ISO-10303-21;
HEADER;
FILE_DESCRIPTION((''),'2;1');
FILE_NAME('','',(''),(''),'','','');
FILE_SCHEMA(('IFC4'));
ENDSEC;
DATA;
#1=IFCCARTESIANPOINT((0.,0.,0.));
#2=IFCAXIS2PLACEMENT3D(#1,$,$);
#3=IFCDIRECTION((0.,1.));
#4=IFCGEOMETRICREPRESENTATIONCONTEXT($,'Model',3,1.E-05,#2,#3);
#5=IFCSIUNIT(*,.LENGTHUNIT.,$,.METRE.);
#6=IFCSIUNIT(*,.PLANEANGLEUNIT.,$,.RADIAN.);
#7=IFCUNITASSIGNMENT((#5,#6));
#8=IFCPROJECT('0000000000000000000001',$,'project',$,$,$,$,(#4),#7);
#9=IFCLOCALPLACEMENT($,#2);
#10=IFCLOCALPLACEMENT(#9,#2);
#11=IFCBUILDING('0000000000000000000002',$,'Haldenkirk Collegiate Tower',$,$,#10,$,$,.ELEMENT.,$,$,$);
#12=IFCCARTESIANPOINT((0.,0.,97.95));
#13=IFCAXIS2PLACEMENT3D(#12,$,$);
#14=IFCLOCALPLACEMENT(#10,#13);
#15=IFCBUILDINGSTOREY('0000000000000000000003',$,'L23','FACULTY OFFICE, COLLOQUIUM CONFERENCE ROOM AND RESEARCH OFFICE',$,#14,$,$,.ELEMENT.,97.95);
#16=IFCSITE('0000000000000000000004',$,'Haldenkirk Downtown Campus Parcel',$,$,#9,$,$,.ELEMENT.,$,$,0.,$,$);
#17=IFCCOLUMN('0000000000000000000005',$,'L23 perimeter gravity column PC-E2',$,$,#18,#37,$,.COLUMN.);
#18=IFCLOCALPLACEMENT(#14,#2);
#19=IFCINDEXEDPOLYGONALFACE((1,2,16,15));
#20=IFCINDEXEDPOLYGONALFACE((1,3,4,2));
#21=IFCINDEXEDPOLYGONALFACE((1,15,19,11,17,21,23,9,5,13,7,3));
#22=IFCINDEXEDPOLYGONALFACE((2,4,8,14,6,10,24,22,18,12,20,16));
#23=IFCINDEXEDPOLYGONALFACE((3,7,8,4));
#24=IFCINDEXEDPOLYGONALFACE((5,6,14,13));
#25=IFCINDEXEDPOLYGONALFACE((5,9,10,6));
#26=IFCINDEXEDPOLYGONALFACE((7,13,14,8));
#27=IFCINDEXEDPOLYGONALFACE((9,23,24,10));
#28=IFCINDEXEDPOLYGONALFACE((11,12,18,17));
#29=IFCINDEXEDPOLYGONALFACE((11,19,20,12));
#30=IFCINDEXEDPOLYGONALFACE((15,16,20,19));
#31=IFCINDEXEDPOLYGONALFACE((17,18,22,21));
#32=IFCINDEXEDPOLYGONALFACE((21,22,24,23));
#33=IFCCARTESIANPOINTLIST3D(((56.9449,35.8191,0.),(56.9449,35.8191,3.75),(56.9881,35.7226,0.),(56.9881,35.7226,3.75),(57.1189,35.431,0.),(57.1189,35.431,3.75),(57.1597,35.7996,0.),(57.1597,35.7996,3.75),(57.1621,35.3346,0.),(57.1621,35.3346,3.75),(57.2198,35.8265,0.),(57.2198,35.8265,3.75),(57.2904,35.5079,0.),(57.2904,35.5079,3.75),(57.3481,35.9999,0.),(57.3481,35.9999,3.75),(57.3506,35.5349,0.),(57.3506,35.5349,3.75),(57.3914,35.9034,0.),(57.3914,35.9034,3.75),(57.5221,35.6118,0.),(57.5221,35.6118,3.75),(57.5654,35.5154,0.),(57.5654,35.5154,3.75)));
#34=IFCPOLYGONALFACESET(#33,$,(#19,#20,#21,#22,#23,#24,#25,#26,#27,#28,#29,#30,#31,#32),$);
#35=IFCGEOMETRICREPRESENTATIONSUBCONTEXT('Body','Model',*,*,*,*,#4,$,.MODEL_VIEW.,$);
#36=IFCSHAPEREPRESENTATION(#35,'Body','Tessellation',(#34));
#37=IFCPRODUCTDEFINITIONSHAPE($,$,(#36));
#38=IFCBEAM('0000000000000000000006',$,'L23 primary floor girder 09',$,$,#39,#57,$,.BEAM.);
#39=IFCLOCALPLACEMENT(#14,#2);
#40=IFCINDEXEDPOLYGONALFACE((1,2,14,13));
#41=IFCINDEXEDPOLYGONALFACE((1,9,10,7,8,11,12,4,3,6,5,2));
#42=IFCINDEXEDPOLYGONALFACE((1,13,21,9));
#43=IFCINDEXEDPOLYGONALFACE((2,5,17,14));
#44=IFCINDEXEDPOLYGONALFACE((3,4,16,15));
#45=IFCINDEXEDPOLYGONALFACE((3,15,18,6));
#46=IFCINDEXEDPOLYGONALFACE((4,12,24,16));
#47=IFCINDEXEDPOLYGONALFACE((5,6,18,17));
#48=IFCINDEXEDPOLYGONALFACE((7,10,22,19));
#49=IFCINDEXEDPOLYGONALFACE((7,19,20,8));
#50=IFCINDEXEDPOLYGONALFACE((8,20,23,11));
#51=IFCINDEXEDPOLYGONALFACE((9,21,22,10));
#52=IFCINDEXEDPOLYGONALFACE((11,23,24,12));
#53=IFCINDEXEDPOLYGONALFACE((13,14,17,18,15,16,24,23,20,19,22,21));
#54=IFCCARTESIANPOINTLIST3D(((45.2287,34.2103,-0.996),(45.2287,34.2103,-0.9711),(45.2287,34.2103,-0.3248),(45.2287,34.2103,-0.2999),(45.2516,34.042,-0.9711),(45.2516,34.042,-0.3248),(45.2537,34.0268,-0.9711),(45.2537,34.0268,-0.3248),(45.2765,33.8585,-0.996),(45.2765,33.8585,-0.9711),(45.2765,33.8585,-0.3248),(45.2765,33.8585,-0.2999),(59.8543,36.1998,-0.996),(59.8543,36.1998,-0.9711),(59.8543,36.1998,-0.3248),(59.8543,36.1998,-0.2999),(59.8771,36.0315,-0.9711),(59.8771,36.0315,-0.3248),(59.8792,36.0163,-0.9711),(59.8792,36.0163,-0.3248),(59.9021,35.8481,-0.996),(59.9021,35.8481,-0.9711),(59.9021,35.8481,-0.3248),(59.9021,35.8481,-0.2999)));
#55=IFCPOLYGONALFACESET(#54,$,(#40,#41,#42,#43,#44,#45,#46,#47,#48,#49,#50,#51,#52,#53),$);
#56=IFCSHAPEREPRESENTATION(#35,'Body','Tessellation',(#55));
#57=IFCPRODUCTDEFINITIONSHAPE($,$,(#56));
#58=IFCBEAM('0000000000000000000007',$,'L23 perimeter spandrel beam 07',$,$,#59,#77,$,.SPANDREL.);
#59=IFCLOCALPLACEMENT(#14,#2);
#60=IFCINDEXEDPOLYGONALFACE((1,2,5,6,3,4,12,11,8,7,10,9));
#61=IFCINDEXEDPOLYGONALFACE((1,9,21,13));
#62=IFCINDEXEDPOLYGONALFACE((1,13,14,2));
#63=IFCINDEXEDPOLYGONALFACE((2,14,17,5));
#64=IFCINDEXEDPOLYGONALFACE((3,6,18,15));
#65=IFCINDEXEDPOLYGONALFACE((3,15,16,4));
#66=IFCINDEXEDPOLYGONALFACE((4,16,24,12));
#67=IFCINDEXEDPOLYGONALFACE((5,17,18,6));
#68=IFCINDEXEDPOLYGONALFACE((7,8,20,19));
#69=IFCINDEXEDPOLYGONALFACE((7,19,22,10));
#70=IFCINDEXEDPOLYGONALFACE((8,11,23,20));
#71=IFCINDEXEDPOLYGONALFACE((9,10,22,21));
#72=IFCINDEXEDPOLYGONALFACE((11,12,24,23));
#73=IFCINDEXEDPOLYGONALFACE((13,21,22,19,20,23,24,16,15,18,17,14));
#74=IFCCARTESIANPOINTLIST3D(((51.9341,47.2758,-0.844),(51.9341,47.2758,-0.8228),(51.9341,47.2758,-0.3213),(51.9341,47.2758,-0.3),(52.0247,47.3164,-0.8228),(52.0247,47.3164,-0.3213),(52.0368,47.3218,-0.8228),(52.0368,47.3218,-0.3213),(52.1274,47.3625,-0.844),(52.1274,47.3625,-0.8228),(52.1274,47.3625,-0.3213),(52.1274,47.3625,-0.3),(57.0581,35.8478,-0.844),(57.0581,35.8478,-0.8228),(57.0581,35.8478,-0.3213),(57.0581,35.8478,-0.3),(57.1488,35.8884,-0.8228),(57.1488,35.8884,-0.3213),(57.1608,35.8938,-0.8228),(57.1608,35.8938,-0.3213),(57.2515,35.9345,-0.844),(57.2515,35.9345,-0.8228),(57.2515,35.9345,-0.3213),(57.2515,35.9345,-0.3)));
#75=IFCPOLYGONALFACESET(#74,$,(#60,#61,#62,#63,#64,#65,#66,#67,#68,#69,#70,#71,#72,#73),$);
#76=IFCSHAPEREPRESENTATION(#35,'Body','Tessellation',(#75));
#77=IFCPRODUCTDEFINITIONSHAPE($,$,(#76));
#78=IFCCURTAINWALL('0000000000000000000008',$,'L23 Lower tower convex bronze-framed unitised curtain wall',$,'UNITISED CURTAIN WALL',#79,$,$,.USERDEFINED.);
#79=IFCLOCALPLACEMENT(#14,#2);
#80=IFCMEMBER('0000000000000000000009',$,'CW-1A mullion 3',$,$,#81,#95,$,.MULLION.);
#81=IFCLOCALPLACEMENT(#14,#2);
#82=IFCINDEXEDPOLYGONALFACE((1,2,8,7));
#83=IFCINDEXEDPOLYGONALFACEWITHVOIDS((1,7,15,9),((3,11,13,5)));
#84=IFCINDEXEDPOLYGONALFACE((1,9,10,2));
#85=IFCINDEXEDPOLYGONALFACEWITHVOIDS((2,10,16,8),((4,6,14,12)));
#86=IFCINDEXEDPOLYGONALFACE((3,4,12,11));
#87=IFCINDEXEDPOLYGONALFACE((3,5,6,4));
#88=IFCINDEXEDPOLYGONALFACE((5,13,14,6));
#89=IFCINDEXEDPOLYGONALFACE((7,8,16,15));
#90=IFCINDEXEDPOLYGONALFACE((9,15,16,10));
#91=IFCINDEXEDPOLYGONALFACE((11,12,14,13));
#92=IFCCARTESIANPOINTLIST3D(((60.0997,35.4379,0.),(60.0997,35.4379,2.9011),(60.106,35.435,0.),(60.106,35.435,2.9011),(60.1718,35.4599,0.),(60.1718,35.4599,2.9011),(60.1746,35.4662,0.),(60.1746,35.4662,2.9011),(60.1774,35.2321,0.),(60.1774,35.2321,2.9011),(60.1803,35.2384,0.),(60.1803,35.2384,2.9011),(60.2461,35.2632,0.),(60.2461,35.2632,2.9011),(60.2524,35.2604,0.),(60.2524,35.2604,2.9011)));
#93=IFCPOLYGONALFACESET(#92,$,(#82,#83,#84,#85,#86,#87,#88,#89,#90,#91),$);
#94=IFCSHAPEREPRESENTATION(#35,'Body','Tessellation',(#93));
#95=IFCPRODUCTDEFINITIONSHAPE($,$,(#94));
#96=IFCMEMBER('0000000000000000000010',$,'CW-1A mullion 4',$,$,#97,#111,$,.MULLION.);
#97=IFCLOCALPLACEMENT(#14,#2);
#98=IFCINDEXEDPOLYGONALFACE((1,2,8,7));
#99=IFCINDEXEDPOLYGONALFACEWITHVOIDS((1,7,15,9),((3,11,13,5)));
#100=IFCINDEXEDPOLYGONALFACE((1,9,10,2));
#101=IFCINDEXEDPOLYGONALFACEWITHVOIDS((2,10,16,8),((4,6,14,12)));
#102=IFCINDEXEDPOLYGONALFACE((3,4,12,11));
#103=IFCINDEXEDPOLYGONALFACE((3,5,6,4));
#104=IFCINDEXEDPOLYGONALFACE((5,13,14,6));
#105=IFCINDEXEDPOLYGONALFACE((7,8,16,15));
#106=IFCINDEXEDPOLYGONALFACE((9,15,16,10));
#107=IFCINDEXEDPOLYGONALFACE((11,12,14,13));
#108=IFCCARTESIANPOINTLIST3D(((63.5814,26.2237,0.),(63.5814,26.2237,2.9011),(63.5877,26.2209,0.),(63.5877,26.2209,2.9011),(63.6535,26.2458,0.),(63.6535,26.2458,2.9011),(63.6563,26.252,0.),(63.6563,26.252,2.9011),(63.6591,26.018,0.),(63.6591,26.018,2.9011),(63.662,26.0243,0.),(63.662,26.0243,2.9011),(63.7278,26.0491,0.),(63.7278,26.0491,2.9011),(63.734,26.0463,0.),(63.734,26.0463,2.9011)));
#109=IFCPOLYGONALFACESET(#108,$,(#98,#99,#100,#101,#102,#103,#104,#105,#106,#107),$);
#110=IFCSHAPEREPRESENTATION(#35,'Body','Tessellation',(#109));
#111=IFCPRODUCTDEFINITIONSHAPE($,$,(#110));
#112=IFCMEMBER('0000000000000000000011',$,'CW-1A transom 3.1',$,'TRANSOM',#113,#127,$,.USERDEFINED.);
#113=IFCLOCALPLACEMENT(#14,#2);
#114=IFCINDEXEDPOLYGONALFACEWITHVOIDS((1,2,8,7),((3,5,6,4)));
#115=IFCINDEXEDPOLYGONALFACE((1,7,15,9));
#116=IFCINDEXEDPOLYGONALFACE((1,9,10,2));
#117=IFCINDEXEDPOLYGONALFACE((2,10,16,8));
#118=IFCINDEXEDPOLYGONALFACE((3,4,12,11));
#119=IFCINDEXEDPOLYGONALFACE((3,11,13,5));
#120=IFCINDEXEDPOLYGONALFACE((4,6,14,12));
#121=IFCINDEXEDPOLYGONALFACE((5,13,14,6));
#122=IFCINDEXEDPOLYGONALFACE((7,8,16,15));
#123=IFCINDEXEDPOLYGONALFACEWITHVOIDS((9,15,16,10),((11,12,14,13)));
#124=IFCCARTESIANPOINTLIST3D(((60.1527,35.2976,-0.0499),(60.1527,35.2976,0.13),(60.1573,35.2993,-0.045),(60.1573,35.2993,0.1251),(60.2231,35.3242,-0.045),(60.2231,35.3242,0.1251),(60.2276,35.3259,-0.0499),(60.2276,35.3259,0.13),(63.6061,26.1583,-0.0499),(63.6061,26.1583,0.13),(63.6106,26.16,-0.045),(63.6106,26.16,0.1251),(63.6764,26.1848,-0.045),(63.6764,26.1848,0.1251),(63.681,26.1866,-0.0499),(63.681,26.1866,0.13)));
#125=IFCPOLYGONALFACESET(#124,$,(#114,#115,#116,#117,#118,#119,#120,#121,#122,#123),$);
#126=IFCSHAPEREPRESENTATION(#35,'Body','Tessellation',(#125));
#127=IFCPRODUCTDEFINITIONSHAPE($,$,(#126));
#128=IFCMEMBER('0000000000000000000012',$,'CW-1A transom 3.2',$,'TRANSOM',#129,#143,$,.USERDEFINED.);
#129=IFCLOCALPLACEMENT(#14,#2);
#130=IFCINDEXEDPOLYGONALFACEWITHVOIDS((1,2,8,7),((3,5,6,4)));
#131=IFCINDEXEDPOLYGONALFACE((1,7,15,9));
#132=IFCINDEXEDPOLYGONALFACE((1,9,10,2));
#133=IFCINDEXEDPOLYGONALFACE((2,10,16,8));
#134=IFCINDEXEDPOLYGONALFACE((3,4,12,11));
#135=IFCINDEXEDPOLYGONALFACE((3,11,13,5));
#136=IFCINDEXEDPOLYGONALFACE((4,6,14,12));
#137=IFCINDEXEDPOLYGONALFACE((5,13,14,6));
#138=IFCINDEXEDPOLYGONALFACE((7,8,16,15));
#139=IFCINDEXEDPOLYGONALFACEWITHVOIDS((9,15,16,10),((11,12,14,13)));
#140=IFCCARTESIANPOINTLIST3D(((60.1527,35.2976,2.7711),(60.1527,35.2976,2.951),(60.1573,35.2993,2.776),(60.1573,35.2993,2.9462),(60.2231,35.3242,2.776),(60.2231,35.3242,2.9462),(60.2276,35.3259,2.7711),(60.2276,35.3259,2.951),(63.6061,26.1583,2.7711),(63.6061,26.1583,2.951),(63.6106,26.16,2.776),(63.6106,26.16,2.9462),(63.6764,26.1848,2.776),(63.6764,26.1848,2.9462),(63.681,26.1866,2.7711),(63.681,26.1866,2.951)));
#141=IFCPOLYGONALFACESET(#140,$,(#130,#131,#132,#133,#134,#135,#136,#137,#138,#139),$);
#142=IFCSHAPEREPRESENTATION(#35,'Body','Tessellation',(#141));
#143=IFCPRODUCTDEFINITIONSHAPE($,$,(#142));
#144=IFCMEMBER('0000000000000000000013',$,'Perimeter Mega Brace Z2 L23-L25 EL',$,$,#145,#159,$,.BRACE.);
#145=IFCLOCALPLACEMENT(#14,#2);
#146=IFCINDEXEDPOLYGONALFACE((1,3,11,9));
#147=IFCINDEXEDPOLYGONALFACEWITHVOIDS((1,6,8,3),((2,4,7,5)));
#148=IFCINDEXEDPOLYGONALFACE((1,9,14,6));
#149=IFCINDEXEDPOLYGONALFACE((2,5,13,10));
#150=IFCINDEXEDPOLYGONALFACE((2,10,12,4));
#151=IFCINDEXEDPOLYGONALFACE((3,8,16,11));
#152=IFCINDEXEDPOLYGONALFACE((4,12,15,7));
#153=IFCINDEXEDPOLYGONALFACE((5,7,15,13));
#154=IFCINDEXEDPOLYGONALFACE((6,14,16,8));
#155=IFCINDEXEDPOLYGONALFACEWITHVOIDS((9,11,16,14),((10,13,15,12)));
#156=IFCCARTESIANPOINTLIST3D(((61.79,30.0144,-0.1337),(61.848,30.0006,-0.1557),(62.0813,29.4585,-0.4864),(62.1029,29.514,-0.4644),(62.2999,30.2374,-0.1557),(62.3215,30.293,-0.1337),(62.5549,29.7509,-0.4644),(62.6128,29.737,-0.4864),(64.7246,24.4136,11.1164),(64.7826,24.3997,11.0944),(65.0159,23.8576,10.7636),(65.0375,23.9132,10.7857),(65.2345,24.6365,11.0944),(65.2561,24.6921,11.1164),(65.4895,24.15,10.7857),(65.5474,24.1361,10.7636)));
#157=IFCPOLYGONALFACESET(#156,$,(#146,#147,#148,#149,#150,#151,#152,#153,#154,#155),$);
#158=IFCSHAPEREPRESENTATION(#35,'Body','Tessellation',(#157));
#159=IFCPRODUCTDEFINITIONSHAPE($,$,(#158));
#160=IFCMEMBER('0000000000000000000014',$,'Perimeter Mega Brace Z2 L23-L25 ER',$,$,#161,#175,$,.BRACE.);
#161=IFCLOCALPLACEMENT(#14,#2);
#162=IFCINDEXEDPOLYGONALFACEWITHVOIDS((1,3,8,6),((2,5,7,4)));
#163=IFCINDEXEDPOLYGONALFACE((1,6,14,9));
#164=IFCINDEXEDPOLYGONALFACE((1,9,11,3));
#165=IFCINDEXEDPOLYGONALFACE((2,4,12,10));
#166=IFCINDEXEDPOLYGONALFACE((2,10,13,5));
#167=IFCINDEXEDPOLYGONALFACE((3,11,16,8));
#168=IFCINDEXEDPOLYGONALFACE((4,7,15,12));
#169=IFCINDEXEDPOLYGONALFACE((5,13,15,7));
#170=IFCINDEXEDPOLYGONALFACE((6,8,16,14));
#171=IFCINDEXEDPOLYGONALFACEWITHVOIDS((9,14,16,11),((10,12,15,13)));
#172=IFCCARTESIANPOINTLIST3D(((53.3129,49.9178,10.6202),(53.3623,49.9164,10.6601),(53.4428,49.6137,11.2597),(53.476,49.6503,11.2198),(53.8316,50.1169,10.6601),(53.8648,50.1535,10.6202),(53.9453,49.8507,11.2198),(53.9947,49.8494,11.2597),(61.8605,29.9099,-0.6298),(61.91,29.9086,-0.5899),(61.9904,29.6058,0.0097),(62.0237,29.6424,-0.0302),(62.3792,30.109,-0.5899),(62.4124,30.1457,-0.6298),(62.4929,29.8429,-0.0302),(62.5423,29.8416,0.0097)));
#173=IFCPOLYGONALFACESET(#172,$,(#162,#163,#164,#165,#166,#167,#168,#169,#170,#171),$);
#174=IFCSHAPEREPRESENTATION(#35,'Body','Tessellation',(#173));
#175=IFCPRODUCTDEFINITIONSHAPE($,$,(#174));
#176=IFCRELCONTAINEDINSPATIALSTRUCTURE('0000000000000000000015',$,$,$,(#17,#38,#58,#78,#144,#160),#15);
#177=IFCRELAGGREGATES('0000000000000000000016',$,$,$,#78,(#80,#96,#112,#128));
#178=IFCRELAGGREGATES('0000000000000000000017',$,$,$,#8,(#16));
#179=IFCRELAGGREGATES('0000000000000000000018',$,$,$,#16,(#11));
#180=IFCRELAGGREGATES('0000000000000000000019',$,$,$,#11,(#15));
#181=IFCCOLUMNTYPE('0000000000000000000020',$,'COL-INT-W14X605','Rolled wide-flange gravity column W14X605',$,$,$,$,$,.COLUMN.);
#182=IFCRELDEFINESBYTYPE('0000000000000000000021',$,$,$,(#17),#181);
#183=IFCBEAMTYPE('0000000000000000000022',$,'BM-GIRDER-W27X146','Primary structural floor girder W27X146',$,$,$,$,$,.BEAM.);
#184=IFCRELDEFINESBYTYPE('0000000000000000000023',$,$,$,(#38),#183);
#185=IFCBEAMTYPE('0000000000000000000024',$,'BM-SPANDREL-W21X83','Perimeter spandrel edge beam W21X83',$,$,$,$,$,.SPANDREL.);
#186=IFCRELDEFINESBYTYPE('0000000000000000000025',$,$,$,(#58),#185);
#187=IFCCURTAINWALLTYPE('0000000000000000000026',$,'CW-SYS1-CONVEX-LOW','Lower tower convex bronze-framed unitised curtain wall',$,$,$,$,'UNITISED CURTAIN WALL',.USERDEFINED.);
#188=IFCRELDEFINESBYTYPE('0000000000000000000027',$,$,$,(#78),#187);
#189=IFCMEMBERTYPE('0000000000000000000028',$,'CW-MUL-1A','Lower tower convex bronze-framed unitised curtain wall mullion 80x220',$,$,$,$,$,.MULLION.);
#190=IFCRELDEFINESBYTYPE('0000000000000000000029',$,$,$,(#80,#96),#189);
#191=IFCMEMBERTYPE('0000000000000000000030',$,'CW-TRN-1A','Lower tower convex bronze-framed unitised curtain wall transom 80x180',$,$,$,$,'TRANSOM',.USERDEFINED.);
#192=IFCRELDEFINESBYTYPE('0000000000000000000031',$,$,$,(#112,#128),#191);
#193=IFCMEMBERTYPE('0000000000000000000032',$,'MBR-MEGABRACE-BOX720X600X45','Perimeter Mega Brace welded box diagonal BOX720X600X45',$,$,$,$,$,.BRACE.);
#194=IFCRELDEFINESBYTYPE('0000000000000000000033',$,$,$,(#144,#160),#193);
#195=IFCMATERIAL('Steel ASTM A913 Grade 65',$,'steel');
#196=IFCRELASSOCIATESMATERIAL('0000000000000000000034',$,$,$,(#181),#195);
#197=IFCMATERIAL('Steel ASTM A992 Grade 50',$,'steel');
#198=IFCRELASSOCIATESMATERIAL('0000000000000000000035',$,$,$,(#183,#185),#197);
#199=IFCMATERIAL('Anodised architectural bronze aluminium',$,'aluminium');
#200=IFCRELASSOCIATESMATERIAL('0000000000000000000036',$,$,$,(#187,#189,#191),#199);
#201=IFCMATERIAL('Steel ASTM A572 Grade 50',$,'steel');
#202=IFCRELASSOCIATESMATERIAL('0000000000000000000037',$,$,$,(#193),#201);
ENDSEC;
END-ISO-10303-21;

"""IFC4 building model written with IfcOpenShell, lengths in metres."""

from ifc_helpers import new_model, si_unit, direction, frame, origin, origin_2d, place, context, subcontext, project, spatial, hollow_rectangle, i_section, extrude, material, material_profile, profile_set, type_object, element, aggregate, save


model = new_model("IFC4")

# Units and contexts
model_context = context("Model", 3, precision=1e-05, world=origin(), true_north=direction((0.0, 1.0)))
body_context = subcontext(model_context, "Body", "Model", "MODEL_VIEW")
ifc_project = project(units=[si_unit("LENGTHUNIT", "METRE"), si_unit("PLANEANGLEUNIT", "RADIAN")], contexts=[model_context])

# Site, building, storey
site_placement = place(None, origin())
site = spatial("IfcSite", under=ifc_project, at=site_placement, Name="Haldenkirk Downtown Campus Parcel", CompositionType="ELEMENT", RefElevation=0.0)
building_placement = place(site_placement, origin())
building = spatial("IfcBuilding", under=site, at=building_placement, Name="Haldenkirk Collegiate Tower", CompositionType="ELEMENT")
storey_placement = place(building_placement, frame((0.0, 0.0, 97.95)))
storey = spatial("IfcBuildingStorey", under=building, at=storey_placement, Name="L23", Description="FACULTY OFFICE, COLLOQUIUM CONFERENCE ROOM AND RESEARCH OFFICE", CompositionType="ELEMENT", Elevation=97.95)

# Column
ifc_material_1 = material(Name="Steel ASTM A913 Grade 65", Category="steel")
ifc_material_profile_1 = material_profile(ifc_material_1, i_section(OverallWidth=0.4419, OverallDepth=0.531, WebThickness=0.0659, FlangeThickness=0.1057, at=origin_2d()), Name="W14X605")
ifc_profile_set_1 = profile_set([ifc_material_profile_1], Name="Steel ASTM A913 Grade 65")
column_type = type_object("IfcColumnType", Name="COL-INT-W14X605", Description="Rolled wide-flange gravity column W14X605", PredefinedType="COLUMN", material=ifc_profile_set_1)
column_placement = place(storey_placement, frame((57.2551, 35.6672, 0.0), z_axis=(0.0, 0.0, 1.0), x_axis=(0.912477, 0.409127, 0.0)))
element("IfcColumn", 1, at=column_placement, inside=storey, type_object=column_type, Name="L23 perimeter gravity column PC-E2", PredefinedType="COLUMN", context=body_context, shape_type="SweptSolid", body=[
    extrude(i_section(OverallWidth=0.4419, OverallDepth=0.531, WebThickness=0.0659, FlangeThickness=0.1057, at=origin_2d()), origin(), (0.0, 0.0, 1.0), 3.75),
])

# Beams
ifc_material_2 = material(Name="Steel ASTM A992 Grade 50", Category="steel")
ifc_material_profile_2 = material_profile(ifc_material_2, i_section(OverallWidth=0.355, OverallDepth=0.696, WebThickness=0.0154, FlangeThickness=0.0249, at=origin_2d()), Name="W27X146")
ifc_profile_set_2 = profile_set([ifc_material_profile_2], Name="Steel ASTM A992 Grade 50")
beam_type_1 = type_object("IfcBeamType", Name="BM-GIRDER-W27X146", Description="Primary structural floor girder W27X146", PredefinedType="BEAM", material=ifc_profile_set_2)
beam_1_placement = place(storey_placement, frame((59.8782, 36.0239, -0.6479), z_axis=(-0.990874, -0.134788, 0.0), x_axis=(0.134788, -0.990874, 0.0)))
element("IfcBeam", 2, at=beam_1_placement, inside=storey, type_object=beam_type_1, Name="L23 primary floor girder 09", PredefinedType="BEAM", context=body_context, shape_type="SweptSolid", body=[
    extrude(i_section(OverallWidth=0.355, OverallDepth=0.696, WebThickness=0.0154, FlangeThickness=0.0249, at=origin_2d()), origin(), (0.0, 0.0, 1.0), 14.7603),
])
ifc_material_profile_3 = material_profile(ifc_material_2, i_section(OverallWidth=0.2119, OverallDepth=0.5439, WebThickness=0.0132, FlangeThickness=0.0212, at=origin_2d()), Name="W21X83")
ifc_profile_set_3 = profile_set([ifc_material_profile_3], Name="Steel ASTM A992 Grade 50")
beam_type_2 = type_object("IfcBeamType", Name="BM-SPANDREL-W21X83", Description="Perimeter spandrel edge beam W21X83", PredefinedType="SPANDREL", material=ifc_profile_set_3)
beam_2_placement = place(storey_placement, frame((57.1548, 35.8911, -0.572), z_axis=(-0.409131, 0.912475, 0.0), x_axis=(-0.912475, -0.409131, 0.0)))
element("IfcBeam", 3, at=beam_2_placement, inside=storey, type_object=beam_type_2, Name="L23 perimeter spandrel beam 07", PredefinedType="SPANDREL", context=body_context, shape_type="SweptSolid", body=[
    extrude(i_section(OverallWidth=0.2119, OverallDepth=0.5439, WebThickness=0.0132, FlangeThickness=0.0212, at=origin_2d()), origin(), (0.0, 0.0, 1.0), 12.5242),
])

# Curtain wall, members
ifc_material_3 = material(Name="Anodised architectural bronze aluminium", Category="aluminium")
curtain_wall_type = type_object("IfcCurtainWallType", Name="CW-SYS1-CONVEX-LOW", Description="Lower tower convex bronze-framed unitised curtain wall", ElementType="UNITISED CURTAIN WALL", PredefinedType="USERDEFINED", material=ifc_material_3)
curtain_wall_placement = place(storey_placement, origin())
curtain_wall = element("IfcCurtainWall", 4, at=curtain_wall_placement, inside=storey, type_object=curtain_wall_type, Name="L23 Lower tower convex bronze-framed unitised curtain wall", ObjectType="UNITISED CURTAIN WALL", PredefinedType="USERDEFINED")
ifc_material_profile_4 = material_profile(ifc_material_3, hollow_rectangle(XDim=0.0801, YDim=0.22, WallThickness=0.0049, at=origin_2d()), Name="CW-MUL-1A")
ifc_profile_set_4 = profile_set([ifc_material_profile_4], Name="Anodised architectural bronze aluminium")
member_type_1 = type_object("IfcMemberType", Name="CW-MUL-1A", Description="Lower tower convex bronze-framed unitised curtain wall mullion 80x220", PredefinedType="MULLION", material=ifc_profile_set_4)
member_1_placement = place(storey_placement, frame((60.176, 35.3491, 0.0), z_axis=(0.0, 0.0, 1.0), x_axis=(0.935443, 0.353477, 0.0)))
member_1 = element("IfcMember", 5, at=member_1_placement, type_object=member_type_1, Name="CW-1A mullion 3", PredefinedType="MULLION", context=body_context, shape_type="SweptSolid", body=[
    extrude(hollow_rectangle(XDim=0.0801, YDim=0.22, WallThickness=0.0049, at=origin_2d()), origin(), (0.0, 0.0, 1.0), 2.9011),
])
member_2_placement = place(storey_placement, frame((63.6577, 26.135, 0.0), z_axis=(0.0, 0.0, 1.0), x_axis=(0.935443, 0.353477, 0.0)))
member_2 = element("IfcMember", 6, at=member_2_placement, type_object=member_type_1, Name="CW-1A mullion 4", PredefinedType="MULLION", context=body_context, shape_type="SweptSolid", body=[
    extrude(hollow_rectangle(XDim=0.0801, YDim=0.22, WallThickness=0.0049, at=origin_2d()), origin(), (0.0, 0.0, 1.0), 2.9011),
])
ifc_material_profile_5 = material_profile(ifc_material_3, hollow_rectangle(XDim=0.0801, YDim=0.1799, WallThickness=0.0049, at=origin_2d()), Name="CW-TRN-1A")
ifc_profile_set_5 = profile_set([ifc_material_profile_5], Name="Anodised architectural bronze aluminium")
member_type_2 = type_object("IfcMemberType", Name="CW-TRN-1A", Description="Lower tower convex bronze-framed unitised curtain wall transom 80x180", ElementType="TRANSOM", PredefinedType="USERDEFINED", material=ifc_profile_set_5)
member_3_placement = place(storey_placement, frame((60.1902, 35.3118, 0.04), z_axis=(0.353464, -0.935448, 0.0), x_axis=(0.935448, 0.353464, 0.0)))
member_3 = element("IfcMember", 7, at=member_3_placement, type_object=member_type_2, Name="CW-1A transom 3.1", ObjectType="TRANSOM", PredefinedType="USERDEFINED", context=body_context, shape_type="SweptSolid", body=[
    extrude(hollow_rectangle(XDim=0.0801, YDim=0.1799, WallThickness=0.0049, at=origin_2d()), origin(), (0.0, 0.0, 1.0), 9.77),
])
member_4_placement = place(storey_placement, frame((60.1902, 35.3118, 2.8611), z_axis=(0.353464, -0.935448, 0.0), x_axis=(0.935448, 0.353464, 0.0)))
member_4 = element("IfcMember", 8, at=member_4_placement, type_object=member_type_2, Name="CW-1A transom 3.2", ObjectType="TRANSOM", PredefinedType="USERDEFINED", context=body_context, shape_type="SweptSolid", body=[
    extrude(hollow_rectangle(XDim=0.0801, YDim=0.1799, WallThickness=0.0049, at=origin_2d()), origin(), (0.0, 0.0, 1.0), 9.77),
])

# Members
ifc_material_4 = material(Name="Steel ASTM A572 Grade 50", Category="steel")
ifc_material_profile_6 = material_profile(ifc_material_4, hollow_rectangle(XDim=0.6001, YDim=0.72, WallThickness=0.0449, at=origin_2d()), Name="BOX720X600X45")
ifc_profile_set_6 = profile_set([ifc_material_profile_6], Name="Steel ASTM A572 Grade 50")
member_type_3 = type_object("IfcMemberType", Name="MBR-MEGABRACE-BOX720X600X45", Description="Perimeter Mega Brace welded box diagonal BOX720X600X45", PredefinedType="BRACE", material=ifc_profile_set_6)
member_5_placement = place(storey_placement, frame((62.2014, 29.8757, -0.3101), z_axis=(0.227395, -0.433999, 0.871743), x_axis=(0.885779, 0.464107, 0.0)))
element("IfcMember", 9, at=member_5_placement, inside=storey, type_object=member_type_3, Name="Perimeter Mega Brace Z2 L23-L25 EL", PredefinedType="BRACE", context=body_context, shape_type="SweptSolid", body=[
    extrude(hollow_rectangle(XDim=0.6001, YDim=0.72, WallThickness=0.0449, at=origin_2d()), origin(), (0.0, 0.0, 1.0), 12.9053),
])
member_6_placement = place(storey_placement, frame((62.2014, 29.8757, -0.3101), z_axis=(-0.348973, 0.816859, 0.459304), x_axis=(-0.919597, -0.392864, 0.0)))
element("IfcMember", 10, at=member_6_placement, inside=storey, type_object=member_type_3, Name="Perimeter Mega Brace Z2 L23-L25 ER", PredefinedType="BRACE", context=body_context, shape_type="SweptSolid", body=[
    extrude(hollow_rectangle(XDim=0.6001, YDim=0.72, WallThickness=0.0449, at=origin_2d()), origin(), (0.0, 0.0, 1.0), 24.4937),
])

aggregate(curtain_wall, [member_1, member_2, member_3, member_4])

save(model, "model.ifc")
